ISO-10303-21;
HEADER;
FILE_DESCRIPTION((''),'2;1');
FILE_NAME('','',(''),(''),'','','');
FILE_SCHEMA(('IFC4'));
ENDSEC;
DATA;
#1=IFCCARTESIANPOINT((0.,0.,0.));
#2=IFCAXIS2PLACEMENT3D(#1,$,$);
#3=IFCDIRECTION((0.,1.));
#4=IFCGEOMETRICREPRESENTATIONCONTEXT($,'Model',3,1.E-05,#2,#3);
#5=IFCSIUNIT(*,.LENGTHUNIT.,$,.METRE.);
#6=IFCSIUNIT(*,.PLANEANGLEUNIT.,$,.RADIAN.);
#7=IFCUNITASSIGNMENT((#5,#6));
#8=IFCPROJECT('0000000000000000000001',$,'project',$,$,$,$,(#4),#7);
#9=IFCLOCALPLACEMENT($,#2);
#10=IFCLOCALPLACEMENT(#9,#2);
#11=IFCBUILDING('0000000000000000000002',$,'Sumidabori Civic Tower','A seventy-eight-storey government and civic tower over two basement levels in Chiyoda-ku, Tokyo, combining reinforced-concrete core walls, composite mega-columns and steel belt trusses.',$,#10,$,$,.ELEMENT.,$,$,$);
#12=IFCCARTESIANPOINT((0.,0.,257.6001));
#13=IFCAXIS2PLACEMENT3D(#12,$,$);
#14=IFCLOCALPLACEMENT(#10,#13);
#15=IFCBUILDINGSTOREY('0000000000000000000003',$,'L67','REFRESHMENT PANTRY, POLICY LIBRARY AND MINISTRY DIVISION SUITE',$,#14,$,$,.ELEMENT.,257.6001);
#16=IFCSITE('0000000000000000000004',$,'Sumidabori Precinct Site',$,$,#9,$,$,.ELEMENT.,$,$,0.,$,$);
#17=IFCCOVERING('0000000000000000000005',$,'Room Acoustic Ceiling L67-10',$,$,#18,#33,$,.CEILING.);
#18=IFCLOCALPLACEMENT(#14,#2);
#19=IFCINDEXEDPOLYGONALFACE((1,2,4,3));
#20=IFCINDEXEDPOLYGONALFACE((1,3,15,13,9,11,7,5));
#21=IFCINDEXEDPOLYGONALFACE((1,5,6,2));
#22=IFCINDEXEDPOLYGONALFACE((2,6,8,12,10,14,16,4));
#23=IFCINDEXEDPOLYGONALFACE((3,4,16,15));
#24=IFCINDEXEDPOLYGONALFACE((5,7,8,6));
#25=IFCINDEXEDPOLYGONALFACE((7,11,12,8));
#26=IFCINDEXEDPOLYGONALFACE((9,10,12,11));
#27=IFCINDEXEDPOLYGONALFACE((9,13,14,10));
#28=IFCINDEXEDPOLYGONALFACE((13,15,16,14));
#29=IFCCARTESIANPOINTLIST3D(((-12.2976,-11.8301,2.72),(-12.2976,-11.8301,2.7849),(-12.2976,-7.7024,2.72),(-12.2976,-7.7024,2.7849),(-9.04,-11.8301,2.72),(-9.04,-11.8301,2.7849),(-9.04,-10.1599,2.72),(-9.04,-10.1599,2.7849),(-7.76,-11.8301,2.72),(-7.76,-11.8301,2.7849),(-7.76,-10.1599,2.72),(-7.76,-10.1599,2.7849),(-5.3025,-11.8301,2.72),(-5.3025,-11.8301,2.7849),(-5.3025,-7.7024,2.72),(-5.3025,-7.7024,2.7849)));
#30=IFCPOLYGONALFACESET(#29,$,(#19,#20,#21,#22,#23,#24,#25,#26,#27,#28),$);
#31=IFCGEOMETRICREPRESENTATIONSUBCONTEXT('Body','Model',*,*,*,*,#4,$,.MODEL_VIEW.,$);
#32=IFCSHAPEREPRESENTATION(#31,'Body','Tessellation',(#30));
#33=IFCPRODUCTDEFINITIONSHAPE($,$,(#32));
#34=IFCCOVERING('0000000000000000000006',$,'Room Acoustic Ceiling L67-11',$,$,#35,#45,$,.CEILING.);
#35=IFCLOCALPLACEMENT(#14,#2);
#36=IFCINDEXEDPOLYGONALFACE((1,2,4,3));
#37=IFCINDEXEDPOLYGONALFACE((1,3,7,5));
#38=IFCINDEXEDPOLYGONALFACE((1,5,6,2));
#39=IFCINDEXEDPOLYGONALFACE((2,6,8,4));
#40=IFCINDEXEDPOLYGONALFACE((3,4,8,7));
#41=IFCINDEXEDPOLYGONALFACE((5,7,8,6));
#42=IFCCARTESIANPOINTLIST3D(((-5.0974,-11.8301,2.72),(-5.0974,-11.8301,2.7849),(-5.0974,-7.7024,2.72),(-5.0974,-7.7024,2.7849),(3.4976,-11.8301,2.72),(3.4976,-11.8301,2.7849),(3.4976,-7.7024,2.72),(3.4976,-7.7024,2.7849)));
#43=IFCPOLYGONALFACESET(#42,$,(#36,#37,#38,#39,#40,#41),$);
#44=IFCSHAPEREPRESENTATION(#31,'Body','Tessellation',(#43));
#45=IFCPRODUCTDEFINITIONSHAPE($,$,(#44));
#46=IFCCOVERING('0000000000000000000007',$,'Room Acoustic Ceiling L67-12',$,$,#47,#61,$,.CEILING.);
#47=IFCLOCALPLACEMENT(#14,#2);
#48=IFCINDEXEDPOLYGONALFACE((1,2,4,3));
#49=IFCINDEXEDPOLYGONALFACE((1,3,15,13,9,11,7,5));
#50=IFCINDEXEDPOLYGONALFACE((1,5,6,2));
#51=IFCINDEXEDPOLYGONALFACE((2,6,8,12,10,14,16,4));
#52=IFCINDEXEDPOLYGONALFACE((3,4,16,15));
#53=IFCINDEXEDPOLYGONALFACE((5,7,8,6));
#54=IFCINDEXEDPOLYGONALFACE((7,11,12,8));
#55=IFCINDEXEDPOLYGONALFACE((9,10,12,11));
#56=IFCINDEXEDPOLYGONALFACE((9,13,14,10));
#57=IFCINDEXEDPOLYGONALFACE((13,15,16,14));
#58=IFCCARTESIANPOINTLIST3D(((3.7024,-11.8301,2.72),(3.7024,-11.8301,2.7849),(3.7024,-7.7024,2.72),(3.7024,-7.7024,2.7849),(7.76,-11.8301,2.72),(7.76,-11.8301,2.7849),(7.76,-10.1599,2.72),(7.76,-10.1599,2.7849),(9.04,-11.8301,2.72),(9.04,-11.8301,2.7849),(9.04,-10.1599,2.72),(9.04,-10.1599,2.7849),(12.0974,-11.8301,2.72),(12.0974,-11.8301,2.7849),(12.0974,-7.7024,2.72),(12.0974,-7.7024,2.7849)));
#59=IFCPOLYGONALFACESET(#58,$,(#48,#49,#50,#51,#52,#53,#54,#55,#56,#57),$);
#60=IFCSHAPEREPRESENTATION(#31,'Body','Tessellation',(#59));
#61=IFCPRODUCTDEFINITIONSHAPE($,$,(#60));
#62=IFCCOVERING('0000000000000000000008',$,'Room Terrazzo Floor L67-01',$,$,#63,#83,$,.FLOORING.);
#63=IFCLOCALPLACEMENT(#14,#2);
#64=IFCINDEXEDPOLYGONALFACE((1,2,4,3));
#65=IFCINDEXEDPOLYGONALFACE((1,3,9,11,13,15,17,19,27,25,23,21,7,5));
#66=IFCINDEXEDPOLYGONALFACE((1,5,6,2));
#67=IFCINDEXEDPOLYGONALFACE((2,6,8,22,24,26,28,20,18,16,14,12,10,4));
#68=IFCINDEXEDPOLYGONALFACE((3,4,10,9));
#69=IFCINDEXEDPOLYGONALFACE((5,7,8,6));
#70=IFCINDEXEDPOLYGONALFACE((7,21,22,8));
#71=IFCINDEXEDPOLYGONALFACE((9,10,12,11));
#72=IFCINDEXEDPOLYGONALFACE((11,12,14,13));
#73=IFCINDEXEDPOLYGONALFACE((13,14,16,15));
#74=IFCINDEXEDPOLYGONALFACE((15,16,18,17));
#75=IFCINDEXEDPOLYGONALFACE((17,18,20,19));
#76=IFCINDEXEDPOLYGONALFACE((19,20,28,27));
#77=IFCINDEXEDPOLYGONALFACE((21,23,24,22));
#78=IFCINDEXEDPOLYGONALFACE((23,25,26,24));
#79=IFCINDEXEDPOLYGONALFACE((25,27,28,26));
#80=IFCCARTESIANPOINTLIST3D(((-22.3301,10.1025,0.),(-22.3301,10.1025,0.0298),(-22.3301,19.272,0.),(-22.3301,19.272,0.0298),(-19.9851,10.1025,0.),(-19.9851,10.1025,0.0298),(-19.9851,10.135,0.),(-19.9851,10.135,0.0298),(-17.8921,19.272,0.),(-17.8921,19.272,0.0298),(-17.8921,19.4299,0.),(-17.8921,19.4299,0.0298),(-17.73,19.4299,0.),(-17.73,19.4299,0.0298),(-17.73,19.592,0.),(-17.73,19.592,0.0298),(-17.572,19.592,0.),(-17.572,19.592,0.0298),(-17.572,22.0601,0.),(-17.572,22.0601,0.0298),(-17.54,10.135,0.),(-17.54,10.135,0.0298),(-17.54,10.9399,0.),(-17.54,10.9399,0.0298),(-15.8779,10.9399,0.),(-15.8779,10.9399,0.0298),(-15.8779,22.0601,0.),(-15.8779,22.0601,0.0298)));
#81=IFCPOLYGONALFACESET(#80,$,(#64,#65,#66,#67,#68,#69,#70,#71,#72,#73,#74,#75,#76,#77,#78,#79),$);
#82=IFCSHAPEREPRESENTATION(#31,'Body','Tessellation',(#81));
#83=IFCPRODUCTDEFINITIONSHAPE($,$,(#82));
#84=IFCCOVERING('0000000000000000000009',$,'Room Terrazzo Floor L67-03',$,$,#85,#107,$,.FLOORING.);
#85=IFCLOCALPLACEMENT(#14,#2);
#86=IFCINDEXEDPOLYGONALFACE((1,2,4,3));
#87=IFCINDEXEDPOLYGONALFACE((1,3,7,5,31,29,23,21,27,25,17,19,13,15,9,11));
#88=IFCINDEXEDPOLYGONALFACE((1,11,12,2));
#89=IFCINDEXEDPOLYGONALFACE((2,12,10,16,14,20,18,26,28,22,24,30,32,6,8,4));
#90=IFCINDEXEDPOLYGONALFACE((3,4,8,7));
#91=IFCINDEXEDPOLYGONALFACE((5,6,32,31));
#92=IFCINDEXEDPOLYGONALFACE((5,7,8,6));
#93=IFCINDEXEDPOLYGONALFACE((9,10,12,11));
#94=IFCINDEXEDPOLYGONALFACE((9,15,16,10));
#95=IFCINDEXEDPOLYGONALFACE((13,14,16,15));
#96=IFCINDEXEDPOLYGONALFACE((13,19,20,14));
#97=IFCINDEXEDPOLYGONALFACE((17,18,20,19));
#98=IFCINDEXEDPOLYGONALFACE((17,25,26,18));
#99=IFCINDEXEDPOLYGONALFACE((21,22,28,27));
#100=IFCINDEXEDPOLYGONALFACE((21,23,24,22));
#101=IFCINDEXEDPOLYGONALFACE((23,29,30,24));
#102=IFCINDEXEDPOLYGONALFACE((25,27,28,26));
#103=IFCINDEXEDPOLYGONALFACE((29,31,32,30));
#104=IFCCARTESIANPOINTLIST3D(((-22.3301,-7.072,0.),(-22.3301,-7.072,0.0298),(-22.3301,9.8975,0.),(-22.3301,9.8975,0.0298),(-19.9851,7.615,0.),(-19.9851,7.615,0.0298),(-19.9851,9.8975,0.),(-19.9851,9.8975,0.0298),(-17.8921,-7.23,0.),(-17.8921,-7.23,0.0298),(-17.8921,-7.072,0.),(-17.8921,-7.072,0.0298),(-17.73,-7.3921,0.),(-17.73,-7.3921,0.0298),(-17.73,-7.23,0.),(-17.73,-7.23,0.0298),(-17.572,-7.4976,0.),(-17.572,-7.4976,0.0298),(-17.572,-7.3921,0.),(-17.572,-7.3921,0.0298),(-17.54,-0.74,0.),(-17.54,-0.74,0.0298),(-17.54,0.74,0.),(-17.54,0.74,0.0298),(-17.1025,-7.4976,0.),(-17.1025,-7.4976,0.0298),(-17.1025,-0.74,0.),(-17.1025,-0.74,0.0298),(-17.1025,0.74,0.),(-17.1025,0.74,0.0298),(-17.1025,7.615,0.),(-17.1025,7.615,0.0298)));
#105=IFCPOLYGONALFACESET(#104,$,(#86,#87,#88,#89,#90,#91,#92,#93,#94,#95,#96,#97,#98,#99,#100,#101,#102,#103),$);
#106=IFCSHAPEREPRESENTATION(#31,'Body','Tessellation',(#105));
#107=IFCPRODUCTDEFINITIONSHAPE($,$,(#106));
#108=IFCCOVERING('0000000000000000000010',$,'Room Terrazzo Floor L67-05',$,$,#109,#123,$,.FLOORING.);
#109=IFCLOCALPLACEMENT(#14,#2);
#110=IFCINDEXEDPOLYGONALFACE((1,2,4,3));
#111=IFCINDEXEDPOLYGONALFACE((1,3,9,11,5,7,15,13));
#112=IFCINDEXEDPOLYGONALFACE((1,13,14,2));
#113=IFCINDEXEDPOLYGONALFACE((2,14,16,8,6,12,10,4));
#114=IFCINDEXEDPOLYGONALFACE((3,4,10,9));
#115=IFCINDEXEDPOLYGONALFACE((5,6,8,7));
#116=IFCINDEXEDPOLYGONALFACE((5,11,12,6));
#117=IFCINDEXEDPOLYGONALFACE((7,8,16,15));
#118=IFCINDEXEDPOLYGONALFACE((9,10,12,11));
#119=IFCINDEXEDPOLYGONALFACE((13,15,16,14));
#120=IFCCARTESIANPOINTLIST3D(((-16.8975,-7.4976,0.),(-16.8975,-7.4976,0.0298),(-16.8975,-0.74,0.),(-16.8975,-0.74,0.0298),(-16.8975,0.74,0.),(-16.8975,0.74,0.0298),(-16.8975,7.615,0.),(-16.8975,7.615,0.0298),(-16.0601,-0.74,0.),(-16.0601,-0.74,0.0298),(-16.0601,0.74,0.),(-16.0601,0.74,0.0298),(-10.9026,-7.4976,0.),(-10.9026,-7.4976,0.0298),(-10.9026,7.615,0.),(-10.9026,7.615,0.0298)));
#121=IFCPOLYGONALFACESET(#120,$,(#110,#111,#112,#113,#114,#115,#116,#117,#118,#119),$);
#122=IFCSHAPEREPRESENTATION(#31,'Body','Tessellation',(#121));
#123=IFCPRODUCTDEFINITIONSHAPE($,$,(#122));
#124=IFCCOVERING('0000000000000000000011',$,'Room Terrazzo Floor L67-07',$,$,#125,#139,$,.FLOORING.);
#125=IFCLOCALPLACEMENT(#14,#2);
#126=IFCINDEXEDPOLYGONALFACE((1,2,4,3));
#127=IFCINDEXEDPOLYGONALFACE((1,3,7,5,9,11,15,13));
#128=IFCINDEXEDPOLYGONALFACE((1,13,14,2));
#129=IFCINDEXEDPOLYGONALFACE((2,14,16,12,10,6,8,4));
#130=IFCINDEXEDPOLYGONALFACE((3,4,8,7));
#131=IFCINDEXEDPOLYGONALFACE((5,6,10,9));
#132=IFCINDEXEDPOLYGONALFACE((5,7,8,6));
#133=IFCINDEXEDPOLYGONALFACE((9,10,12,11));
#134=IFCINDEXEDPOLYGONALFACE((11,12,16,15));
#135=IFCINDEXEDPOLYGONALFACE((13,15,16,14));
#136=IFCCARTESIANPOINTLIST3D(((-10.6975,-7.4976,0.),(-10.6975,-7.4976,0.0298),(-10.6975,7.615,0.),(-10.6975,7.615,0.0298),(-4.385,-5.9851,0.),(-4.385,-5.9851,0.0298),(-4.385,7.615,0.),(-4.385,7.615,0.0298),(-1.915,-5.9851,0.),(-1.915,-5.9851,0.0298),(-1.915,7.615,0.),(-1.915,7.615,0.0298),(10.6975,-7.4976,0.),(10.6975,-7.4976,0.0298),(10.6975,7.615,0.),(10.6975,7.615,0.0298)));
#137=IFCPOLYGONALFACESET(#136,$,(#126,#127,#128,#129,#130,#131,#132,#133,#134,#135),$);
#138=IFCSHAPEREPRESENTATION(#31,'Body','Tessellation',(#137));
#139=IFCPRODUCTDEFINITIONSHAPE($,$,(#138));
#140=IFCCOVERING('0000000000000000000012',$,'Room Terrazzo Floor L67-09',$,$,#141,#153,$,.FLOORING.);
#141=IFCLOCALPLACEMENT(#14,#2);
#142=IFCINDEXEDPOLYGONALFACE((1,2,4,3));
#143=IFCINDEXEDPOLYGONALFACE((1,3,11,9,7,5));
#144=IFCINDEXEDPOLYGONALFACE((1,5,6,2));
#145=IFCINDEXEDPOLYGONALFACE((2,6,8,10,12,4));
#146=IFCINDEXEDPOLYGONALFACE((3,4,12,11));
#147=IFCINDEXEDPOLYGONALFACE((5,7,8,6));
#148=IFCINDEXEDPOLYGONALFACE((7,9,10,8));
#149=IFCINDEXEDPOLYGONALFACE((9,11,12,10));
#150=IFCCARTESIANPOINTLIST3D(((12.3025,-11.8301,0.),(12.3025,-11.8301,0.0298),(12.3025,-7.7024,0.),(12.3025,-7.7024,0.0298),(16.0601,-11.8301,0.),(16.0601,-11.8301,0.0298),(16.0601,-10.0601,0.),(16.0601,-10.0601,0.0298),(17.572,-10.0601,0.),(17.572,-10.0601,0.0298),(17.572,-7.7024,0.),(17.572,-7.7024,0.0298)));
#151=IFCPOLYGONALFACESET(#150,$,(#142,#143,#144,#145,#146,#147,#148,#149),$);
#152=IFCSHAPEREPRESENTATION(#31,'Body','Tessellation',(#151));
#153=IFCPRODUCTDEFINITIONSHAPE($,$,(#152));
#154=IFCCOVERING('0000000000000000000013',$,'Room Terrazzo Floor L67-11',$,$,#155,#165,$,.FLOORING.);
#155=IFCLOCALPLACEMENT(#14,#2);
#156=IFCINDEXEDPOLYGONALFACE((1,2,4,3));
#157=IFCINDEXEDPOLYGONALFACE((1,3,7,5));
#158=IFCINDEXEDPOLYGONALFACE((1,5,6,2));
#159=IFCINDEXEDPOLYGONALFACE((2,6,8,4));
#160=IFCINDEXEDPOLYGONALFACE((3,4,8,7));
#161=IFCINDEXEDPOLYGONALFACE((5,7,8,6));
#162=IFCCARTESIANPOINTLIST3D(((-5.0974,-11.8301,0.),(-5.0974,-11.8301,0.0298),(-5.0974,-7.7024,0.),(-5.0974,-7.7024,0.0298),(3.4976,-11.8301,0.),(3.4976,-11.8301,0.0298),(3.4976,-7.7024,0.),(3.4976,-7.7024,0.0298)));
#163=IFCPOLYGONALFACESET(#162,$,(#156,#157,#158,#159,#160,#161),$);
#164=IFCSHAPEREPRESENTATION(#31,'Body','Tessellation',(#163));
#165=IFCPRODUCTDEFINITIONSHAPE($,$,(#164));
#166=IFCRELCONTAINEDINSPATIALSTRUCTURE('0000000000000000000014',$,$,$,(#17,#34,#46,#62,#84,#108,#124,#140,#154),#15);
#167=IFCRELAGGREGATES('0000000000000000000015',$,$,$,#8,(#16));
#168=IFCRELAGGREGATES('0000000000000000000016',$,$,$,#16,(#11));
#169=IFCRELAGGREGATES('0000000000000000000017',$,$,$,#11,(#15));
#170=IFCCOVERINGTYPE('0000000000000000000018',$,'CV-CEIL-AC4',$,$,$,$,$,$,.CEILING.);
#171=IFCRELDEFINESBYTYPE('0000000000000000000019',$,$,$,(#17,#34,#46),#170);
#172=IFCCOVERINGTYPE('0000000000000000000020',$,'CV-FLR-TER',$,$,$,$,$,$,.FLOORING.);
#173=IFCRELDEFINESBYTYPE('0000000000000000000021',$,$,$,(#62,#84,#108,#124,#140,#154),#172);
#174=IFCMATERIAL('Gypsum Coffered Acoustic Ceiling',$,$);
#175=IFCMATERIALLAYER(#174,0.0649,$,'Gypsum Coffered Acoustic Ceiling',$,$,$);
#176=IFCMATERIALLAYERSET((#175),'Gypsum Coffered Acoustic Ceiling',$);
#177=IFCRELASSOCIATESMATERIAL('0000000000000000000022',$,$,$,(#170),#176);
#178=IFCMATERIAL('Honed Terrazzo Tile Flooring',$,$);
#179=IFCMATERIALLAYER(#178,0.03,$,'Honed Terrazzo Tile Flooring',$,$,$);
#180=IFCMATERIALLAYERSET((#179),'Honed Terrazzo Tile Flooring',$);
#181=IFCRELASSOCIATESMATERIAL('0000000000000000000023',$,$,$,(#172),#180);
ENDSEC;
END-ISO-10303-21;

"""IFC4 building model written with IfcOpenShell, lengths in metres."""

from ifc_helpers import new_model, si_unit, direction, frame, origin, place, context, subcontext, project, spatial, polyline, outline, extrude, material, layer, layer_set, type_object, element, save


model = new_model("IFC4")

# Units and contexts
model_context = context("Model", 3, precision=1e-05, world=origin(), true_north=direction((0.0, 1.0)))
body_context = subcontext(model_context, "Body", "Model", "MODEL_VIEW")
ifc_project = project(units=[si_unit("LENGTHUNIT", "METRE"), si_unit("PLANEANGLEUNIT", "RADIAN")], contexts=[model_context])

# Site, building, storey
site_placement = place(None, origin())
site = spatial("IfcSite", under=ifc_project, at=site_placement, Name="Sumidabori Precinct Site", CompositionType="ELEMENT", RefElevation=0.0)
building_placement = place(site_placement, origin())
building = spatial("IfcBuilding", under=site, at=building_placement, Name="Sumidabori Civic Tower", Description="A seventy-eight-storey government and civic tower over two basement levels in Chiyoda-ku, Tokyo, combining reinforced-concrete core walls, composite mega-columns and steel belt trusses.", CompositionType="ELEMENT")
storey_placement = place(building_placement, frame((0.0, 0.0, 257.6001)))
storey = spatial("IfcBuildingStorey", under=building, at=storey_placement, Name="L67", Description="REFRESHMENT PANTRY, POLICY LIBRARY AND MINISTRY DIVISION SUITE", CompositionType="ELEMENT", Elevation=257.6001)

# Coverings
ifc_material_1 = material(Name="Gypsum Coffered Acoustic Ceiling")
ifc_layer_1 = layer(ifc_material_1, 0.0649, Name="Gypsum Coffered Acoustic Ceiling")
ifc_layer_set_1 = layer_set([ifc_layer_1], Name="Gypsum Coffered Acoustic Ceiling")
covering_type_1 = type_object("IfcCoveringType", Name="CV-CEIL-AC4", PredefinedType="CEILING", material=ifc_layer_set_1)
covering_1_placement = place(storey_placement, frame((0.0, 0.0, 2.72)))
element("IfcCovering", 1, at=covering_1_placement, inside=storey, type_object=covering_type_1, Name="Room Acoustic Ceiling L67-10", PredefinedType="CEILING", context=body_context, shape_type="SweptSolid", body=[
    extrude(outline(polyline([(-5.3025, -11.8301), (-7.76, -11.8301), (-7.76, -10.1599), (-9.04, -10.1599), (-9.04, -11.8301), (-12.2976, -11.8301), (-12.2976, -7.7024), (-5.3025, -7.7024), (-5.3025, -11.8301)])), origin(), (0.0, 0.0, 1.0), 0.0649),
])
covering_2_placement = place(storey_placement, frame((0.0, 0.0, 2.72)))
element("IfcCovering", 2, at=covering_2_placement, inside=storey, type_object=covering_type_1, Name="Room Acoustic Ceiling L67-11", PredefinedType="CEILING", context=body_context, shape_type="SweptSolid", body=[
    extrude(outline(polyline([(3.4976, -11.8301), (-5.0974, -11.8301), (-5.0974, -7.7024), (3.4976, -7.7024), (3.4976, -11.8301)])), origin(), (0.0, 0.0, 1.0), 0.0649),
])
covering_3_placement = place(storey_placement, frame((0.0, 0.0, 2.72)))
element("IfcCovering", 3, at=covering_3_placement, inside=storey, type_object=covering_type_1, Name="Room Acoustic Ceiling L67-12", PredefinedType="CEILING", context=body_context, shape_type="SweptSolid", body=[
    extrude(outline(polyline([(12.0974, -11.8301), (9.04, -11.8301), (9.04, -10.1599), (7.76, -10.1599), (7.76, -11.8301), (3.7024, -11.8301), (3.7024, -7.7024), (12.0974, -7.7024), (12.0974, -11.8301)])), origin(), (0.0, 0.0, 1.0), 0.0649),
])
ifc_material_2 = material(Name="Honed Terrazzo Tile Flooring")
ifc_layer_2 = layer(ifc_material_2, 0.03, Name="Honed Terrazzo Tile Flooring")
ifc_layer_set_2 = layer_set([ifc_layer_2], Name="Honed Terrazzo Tile Flooring")
covering_type_2 = type_object("IfcCoveringType", Name="CV-FLR-TER", PredefinedType="FLOORING", material=ifc_layer_set_2)
covering_4_placement = place(storey_placement, origin())
element("IfcCovering", 4, at=covering_4_placement, inside=storey, type_object=covering_type_2, Name="Room Terrazzo Floor L67-01", PredefinedType="FLOORING", context=body_context, shape_type="SweptSolid", body=[
    extrude(outline(polyline([(-22.3301, 10.1025), (-22.3301, 19.272), (-17.8921, 19.272), (-17.8921, 19.4299), (-17.73, 19.4299), (-17.73, 19.592), (-17.572, 19.592), (-17.572, 22.0601), (-15.8779, 22.0601), (-15.8779, 10.9399), (-17.54, 10.9399), (-17.54, 10.135), (-19.9851, 10.135), (-19.9851, 10.1025), (-22.3301, 10.1025)])), origin(), (0.0, 0.0, 1.0), 0.0298),
])
covering_5_placement = place(storey_placement, origin())
element("IfcCovering", 5, at=covering_5_placement, inside=storey, type_object=covering_type_2, Name="Room Terrazzo Floor L67-03", PredefinedType="FLOORING", context=body_context, shape_type="SweptSolid", body=[
    extrude(outline(polyline([(-19.9851, 7.615), (-17.1025, 7.615), (-17.1025, 0.74), (-17.54, 0.74), (-17.54, -0.74), (-17.1025, -0.74), (-17.1025, -7.4976), (-17.572, -7.4976), (-17.572, -7.3921), (-17.73, -7.3921), (-17.73, -7.23), (-17.8921, -7.23), (-17.8921, -7.072), (-22.3301, -7.072), (-22.3301, 9.8975), (-19.9851, 9.8975), (-19.9851, 7.615)])), origin(), (0.0, 0.0, 1.0), 0.0298),
])
covering_6_placement = place(storey_placement, origin())
element("IfcCovering", 6, at=covering_6_placement, inside=storey, type_object=covering_type_2, Name="Room Terrazzo Floor L67-05", PredefinedType="FLOORING", context=body_context, shape_type="SweptSolid", body=[
    extrude(outline(polyline([(-16.8975, -0.74), (-16.0601, -0.74), (-16.0601, 0.74), (-16.8975, 0.74), (-16.8975, 7.615), (-10.9026, 7.615), (-10.9026, -7.4976), (-16.8975, -7.4976), (-16.8975, -0.74)])), origin(), (0.0, 0.0, 1.0), 0.0298),
])
covering_7_placement = place(storey_placement, origin())
element("IfcCovering", 7, at=covering_7_placement, inside=storey, type_object=covering_type_2, Name="Room Terrazzo Floor L67-07", PredefinedType="FLOORING", context=body_context, shape_type="SweptSolid", body=[
    extrude(outline(polyline([(-10.6975, 7.615), (-4.385, 7.615), (-4.385, -5.9851), (-1.915, -5.9851), (-1.915, 7.615), (10.6975, 7.615), (10.6975, -7.4976), (-10.6975, -7.4976), (-10.6975, 7.615)])), origin(), (0.0, 0.0, 1.0), 0.0298),
])
covering_8_placement = place(storey_placement, origin())
element("IfcCovering", 8, at=covering_8_placement, inside=storey, type_object=covering_type_2, Name="Room Terrazzo Floor L67-09", PredefinedType="FLOORING", context=body_context, shape_type="SweptSolid", body=[
    extrude(outline(polyline([(17.572, -10.0601), (16.0601, -10.0601), (16.0601, -11.8301), (12.3025, -11.8301), (12.3025, -7.7024), (17.572, -7.7024), (17.572, -10.0601)])), origin(), (0.0, 0.0, 1.0), 0.0298),
])
covering_9_placement = place(storey_placement, origin())
element("IfcCovering", 9, at=covering_9_placement, inside=storey, type_object=covering_type_2, Name="Room Terrazzo Floor L67-11", PredefinedType="FLOORING", context=body_context, shape_type="SweptSolid", body=[
    extrude(outline(polyline([(3.4976, -11.8301), (-5.0974, -11.8301), (-5.0974, -7.7024), (3.4976, -7.7024), (3.4976, -11.8301)])), origin(), (0.0, 0.0, 1.0), 0.0298),
])

save(model, "model.ifc")
